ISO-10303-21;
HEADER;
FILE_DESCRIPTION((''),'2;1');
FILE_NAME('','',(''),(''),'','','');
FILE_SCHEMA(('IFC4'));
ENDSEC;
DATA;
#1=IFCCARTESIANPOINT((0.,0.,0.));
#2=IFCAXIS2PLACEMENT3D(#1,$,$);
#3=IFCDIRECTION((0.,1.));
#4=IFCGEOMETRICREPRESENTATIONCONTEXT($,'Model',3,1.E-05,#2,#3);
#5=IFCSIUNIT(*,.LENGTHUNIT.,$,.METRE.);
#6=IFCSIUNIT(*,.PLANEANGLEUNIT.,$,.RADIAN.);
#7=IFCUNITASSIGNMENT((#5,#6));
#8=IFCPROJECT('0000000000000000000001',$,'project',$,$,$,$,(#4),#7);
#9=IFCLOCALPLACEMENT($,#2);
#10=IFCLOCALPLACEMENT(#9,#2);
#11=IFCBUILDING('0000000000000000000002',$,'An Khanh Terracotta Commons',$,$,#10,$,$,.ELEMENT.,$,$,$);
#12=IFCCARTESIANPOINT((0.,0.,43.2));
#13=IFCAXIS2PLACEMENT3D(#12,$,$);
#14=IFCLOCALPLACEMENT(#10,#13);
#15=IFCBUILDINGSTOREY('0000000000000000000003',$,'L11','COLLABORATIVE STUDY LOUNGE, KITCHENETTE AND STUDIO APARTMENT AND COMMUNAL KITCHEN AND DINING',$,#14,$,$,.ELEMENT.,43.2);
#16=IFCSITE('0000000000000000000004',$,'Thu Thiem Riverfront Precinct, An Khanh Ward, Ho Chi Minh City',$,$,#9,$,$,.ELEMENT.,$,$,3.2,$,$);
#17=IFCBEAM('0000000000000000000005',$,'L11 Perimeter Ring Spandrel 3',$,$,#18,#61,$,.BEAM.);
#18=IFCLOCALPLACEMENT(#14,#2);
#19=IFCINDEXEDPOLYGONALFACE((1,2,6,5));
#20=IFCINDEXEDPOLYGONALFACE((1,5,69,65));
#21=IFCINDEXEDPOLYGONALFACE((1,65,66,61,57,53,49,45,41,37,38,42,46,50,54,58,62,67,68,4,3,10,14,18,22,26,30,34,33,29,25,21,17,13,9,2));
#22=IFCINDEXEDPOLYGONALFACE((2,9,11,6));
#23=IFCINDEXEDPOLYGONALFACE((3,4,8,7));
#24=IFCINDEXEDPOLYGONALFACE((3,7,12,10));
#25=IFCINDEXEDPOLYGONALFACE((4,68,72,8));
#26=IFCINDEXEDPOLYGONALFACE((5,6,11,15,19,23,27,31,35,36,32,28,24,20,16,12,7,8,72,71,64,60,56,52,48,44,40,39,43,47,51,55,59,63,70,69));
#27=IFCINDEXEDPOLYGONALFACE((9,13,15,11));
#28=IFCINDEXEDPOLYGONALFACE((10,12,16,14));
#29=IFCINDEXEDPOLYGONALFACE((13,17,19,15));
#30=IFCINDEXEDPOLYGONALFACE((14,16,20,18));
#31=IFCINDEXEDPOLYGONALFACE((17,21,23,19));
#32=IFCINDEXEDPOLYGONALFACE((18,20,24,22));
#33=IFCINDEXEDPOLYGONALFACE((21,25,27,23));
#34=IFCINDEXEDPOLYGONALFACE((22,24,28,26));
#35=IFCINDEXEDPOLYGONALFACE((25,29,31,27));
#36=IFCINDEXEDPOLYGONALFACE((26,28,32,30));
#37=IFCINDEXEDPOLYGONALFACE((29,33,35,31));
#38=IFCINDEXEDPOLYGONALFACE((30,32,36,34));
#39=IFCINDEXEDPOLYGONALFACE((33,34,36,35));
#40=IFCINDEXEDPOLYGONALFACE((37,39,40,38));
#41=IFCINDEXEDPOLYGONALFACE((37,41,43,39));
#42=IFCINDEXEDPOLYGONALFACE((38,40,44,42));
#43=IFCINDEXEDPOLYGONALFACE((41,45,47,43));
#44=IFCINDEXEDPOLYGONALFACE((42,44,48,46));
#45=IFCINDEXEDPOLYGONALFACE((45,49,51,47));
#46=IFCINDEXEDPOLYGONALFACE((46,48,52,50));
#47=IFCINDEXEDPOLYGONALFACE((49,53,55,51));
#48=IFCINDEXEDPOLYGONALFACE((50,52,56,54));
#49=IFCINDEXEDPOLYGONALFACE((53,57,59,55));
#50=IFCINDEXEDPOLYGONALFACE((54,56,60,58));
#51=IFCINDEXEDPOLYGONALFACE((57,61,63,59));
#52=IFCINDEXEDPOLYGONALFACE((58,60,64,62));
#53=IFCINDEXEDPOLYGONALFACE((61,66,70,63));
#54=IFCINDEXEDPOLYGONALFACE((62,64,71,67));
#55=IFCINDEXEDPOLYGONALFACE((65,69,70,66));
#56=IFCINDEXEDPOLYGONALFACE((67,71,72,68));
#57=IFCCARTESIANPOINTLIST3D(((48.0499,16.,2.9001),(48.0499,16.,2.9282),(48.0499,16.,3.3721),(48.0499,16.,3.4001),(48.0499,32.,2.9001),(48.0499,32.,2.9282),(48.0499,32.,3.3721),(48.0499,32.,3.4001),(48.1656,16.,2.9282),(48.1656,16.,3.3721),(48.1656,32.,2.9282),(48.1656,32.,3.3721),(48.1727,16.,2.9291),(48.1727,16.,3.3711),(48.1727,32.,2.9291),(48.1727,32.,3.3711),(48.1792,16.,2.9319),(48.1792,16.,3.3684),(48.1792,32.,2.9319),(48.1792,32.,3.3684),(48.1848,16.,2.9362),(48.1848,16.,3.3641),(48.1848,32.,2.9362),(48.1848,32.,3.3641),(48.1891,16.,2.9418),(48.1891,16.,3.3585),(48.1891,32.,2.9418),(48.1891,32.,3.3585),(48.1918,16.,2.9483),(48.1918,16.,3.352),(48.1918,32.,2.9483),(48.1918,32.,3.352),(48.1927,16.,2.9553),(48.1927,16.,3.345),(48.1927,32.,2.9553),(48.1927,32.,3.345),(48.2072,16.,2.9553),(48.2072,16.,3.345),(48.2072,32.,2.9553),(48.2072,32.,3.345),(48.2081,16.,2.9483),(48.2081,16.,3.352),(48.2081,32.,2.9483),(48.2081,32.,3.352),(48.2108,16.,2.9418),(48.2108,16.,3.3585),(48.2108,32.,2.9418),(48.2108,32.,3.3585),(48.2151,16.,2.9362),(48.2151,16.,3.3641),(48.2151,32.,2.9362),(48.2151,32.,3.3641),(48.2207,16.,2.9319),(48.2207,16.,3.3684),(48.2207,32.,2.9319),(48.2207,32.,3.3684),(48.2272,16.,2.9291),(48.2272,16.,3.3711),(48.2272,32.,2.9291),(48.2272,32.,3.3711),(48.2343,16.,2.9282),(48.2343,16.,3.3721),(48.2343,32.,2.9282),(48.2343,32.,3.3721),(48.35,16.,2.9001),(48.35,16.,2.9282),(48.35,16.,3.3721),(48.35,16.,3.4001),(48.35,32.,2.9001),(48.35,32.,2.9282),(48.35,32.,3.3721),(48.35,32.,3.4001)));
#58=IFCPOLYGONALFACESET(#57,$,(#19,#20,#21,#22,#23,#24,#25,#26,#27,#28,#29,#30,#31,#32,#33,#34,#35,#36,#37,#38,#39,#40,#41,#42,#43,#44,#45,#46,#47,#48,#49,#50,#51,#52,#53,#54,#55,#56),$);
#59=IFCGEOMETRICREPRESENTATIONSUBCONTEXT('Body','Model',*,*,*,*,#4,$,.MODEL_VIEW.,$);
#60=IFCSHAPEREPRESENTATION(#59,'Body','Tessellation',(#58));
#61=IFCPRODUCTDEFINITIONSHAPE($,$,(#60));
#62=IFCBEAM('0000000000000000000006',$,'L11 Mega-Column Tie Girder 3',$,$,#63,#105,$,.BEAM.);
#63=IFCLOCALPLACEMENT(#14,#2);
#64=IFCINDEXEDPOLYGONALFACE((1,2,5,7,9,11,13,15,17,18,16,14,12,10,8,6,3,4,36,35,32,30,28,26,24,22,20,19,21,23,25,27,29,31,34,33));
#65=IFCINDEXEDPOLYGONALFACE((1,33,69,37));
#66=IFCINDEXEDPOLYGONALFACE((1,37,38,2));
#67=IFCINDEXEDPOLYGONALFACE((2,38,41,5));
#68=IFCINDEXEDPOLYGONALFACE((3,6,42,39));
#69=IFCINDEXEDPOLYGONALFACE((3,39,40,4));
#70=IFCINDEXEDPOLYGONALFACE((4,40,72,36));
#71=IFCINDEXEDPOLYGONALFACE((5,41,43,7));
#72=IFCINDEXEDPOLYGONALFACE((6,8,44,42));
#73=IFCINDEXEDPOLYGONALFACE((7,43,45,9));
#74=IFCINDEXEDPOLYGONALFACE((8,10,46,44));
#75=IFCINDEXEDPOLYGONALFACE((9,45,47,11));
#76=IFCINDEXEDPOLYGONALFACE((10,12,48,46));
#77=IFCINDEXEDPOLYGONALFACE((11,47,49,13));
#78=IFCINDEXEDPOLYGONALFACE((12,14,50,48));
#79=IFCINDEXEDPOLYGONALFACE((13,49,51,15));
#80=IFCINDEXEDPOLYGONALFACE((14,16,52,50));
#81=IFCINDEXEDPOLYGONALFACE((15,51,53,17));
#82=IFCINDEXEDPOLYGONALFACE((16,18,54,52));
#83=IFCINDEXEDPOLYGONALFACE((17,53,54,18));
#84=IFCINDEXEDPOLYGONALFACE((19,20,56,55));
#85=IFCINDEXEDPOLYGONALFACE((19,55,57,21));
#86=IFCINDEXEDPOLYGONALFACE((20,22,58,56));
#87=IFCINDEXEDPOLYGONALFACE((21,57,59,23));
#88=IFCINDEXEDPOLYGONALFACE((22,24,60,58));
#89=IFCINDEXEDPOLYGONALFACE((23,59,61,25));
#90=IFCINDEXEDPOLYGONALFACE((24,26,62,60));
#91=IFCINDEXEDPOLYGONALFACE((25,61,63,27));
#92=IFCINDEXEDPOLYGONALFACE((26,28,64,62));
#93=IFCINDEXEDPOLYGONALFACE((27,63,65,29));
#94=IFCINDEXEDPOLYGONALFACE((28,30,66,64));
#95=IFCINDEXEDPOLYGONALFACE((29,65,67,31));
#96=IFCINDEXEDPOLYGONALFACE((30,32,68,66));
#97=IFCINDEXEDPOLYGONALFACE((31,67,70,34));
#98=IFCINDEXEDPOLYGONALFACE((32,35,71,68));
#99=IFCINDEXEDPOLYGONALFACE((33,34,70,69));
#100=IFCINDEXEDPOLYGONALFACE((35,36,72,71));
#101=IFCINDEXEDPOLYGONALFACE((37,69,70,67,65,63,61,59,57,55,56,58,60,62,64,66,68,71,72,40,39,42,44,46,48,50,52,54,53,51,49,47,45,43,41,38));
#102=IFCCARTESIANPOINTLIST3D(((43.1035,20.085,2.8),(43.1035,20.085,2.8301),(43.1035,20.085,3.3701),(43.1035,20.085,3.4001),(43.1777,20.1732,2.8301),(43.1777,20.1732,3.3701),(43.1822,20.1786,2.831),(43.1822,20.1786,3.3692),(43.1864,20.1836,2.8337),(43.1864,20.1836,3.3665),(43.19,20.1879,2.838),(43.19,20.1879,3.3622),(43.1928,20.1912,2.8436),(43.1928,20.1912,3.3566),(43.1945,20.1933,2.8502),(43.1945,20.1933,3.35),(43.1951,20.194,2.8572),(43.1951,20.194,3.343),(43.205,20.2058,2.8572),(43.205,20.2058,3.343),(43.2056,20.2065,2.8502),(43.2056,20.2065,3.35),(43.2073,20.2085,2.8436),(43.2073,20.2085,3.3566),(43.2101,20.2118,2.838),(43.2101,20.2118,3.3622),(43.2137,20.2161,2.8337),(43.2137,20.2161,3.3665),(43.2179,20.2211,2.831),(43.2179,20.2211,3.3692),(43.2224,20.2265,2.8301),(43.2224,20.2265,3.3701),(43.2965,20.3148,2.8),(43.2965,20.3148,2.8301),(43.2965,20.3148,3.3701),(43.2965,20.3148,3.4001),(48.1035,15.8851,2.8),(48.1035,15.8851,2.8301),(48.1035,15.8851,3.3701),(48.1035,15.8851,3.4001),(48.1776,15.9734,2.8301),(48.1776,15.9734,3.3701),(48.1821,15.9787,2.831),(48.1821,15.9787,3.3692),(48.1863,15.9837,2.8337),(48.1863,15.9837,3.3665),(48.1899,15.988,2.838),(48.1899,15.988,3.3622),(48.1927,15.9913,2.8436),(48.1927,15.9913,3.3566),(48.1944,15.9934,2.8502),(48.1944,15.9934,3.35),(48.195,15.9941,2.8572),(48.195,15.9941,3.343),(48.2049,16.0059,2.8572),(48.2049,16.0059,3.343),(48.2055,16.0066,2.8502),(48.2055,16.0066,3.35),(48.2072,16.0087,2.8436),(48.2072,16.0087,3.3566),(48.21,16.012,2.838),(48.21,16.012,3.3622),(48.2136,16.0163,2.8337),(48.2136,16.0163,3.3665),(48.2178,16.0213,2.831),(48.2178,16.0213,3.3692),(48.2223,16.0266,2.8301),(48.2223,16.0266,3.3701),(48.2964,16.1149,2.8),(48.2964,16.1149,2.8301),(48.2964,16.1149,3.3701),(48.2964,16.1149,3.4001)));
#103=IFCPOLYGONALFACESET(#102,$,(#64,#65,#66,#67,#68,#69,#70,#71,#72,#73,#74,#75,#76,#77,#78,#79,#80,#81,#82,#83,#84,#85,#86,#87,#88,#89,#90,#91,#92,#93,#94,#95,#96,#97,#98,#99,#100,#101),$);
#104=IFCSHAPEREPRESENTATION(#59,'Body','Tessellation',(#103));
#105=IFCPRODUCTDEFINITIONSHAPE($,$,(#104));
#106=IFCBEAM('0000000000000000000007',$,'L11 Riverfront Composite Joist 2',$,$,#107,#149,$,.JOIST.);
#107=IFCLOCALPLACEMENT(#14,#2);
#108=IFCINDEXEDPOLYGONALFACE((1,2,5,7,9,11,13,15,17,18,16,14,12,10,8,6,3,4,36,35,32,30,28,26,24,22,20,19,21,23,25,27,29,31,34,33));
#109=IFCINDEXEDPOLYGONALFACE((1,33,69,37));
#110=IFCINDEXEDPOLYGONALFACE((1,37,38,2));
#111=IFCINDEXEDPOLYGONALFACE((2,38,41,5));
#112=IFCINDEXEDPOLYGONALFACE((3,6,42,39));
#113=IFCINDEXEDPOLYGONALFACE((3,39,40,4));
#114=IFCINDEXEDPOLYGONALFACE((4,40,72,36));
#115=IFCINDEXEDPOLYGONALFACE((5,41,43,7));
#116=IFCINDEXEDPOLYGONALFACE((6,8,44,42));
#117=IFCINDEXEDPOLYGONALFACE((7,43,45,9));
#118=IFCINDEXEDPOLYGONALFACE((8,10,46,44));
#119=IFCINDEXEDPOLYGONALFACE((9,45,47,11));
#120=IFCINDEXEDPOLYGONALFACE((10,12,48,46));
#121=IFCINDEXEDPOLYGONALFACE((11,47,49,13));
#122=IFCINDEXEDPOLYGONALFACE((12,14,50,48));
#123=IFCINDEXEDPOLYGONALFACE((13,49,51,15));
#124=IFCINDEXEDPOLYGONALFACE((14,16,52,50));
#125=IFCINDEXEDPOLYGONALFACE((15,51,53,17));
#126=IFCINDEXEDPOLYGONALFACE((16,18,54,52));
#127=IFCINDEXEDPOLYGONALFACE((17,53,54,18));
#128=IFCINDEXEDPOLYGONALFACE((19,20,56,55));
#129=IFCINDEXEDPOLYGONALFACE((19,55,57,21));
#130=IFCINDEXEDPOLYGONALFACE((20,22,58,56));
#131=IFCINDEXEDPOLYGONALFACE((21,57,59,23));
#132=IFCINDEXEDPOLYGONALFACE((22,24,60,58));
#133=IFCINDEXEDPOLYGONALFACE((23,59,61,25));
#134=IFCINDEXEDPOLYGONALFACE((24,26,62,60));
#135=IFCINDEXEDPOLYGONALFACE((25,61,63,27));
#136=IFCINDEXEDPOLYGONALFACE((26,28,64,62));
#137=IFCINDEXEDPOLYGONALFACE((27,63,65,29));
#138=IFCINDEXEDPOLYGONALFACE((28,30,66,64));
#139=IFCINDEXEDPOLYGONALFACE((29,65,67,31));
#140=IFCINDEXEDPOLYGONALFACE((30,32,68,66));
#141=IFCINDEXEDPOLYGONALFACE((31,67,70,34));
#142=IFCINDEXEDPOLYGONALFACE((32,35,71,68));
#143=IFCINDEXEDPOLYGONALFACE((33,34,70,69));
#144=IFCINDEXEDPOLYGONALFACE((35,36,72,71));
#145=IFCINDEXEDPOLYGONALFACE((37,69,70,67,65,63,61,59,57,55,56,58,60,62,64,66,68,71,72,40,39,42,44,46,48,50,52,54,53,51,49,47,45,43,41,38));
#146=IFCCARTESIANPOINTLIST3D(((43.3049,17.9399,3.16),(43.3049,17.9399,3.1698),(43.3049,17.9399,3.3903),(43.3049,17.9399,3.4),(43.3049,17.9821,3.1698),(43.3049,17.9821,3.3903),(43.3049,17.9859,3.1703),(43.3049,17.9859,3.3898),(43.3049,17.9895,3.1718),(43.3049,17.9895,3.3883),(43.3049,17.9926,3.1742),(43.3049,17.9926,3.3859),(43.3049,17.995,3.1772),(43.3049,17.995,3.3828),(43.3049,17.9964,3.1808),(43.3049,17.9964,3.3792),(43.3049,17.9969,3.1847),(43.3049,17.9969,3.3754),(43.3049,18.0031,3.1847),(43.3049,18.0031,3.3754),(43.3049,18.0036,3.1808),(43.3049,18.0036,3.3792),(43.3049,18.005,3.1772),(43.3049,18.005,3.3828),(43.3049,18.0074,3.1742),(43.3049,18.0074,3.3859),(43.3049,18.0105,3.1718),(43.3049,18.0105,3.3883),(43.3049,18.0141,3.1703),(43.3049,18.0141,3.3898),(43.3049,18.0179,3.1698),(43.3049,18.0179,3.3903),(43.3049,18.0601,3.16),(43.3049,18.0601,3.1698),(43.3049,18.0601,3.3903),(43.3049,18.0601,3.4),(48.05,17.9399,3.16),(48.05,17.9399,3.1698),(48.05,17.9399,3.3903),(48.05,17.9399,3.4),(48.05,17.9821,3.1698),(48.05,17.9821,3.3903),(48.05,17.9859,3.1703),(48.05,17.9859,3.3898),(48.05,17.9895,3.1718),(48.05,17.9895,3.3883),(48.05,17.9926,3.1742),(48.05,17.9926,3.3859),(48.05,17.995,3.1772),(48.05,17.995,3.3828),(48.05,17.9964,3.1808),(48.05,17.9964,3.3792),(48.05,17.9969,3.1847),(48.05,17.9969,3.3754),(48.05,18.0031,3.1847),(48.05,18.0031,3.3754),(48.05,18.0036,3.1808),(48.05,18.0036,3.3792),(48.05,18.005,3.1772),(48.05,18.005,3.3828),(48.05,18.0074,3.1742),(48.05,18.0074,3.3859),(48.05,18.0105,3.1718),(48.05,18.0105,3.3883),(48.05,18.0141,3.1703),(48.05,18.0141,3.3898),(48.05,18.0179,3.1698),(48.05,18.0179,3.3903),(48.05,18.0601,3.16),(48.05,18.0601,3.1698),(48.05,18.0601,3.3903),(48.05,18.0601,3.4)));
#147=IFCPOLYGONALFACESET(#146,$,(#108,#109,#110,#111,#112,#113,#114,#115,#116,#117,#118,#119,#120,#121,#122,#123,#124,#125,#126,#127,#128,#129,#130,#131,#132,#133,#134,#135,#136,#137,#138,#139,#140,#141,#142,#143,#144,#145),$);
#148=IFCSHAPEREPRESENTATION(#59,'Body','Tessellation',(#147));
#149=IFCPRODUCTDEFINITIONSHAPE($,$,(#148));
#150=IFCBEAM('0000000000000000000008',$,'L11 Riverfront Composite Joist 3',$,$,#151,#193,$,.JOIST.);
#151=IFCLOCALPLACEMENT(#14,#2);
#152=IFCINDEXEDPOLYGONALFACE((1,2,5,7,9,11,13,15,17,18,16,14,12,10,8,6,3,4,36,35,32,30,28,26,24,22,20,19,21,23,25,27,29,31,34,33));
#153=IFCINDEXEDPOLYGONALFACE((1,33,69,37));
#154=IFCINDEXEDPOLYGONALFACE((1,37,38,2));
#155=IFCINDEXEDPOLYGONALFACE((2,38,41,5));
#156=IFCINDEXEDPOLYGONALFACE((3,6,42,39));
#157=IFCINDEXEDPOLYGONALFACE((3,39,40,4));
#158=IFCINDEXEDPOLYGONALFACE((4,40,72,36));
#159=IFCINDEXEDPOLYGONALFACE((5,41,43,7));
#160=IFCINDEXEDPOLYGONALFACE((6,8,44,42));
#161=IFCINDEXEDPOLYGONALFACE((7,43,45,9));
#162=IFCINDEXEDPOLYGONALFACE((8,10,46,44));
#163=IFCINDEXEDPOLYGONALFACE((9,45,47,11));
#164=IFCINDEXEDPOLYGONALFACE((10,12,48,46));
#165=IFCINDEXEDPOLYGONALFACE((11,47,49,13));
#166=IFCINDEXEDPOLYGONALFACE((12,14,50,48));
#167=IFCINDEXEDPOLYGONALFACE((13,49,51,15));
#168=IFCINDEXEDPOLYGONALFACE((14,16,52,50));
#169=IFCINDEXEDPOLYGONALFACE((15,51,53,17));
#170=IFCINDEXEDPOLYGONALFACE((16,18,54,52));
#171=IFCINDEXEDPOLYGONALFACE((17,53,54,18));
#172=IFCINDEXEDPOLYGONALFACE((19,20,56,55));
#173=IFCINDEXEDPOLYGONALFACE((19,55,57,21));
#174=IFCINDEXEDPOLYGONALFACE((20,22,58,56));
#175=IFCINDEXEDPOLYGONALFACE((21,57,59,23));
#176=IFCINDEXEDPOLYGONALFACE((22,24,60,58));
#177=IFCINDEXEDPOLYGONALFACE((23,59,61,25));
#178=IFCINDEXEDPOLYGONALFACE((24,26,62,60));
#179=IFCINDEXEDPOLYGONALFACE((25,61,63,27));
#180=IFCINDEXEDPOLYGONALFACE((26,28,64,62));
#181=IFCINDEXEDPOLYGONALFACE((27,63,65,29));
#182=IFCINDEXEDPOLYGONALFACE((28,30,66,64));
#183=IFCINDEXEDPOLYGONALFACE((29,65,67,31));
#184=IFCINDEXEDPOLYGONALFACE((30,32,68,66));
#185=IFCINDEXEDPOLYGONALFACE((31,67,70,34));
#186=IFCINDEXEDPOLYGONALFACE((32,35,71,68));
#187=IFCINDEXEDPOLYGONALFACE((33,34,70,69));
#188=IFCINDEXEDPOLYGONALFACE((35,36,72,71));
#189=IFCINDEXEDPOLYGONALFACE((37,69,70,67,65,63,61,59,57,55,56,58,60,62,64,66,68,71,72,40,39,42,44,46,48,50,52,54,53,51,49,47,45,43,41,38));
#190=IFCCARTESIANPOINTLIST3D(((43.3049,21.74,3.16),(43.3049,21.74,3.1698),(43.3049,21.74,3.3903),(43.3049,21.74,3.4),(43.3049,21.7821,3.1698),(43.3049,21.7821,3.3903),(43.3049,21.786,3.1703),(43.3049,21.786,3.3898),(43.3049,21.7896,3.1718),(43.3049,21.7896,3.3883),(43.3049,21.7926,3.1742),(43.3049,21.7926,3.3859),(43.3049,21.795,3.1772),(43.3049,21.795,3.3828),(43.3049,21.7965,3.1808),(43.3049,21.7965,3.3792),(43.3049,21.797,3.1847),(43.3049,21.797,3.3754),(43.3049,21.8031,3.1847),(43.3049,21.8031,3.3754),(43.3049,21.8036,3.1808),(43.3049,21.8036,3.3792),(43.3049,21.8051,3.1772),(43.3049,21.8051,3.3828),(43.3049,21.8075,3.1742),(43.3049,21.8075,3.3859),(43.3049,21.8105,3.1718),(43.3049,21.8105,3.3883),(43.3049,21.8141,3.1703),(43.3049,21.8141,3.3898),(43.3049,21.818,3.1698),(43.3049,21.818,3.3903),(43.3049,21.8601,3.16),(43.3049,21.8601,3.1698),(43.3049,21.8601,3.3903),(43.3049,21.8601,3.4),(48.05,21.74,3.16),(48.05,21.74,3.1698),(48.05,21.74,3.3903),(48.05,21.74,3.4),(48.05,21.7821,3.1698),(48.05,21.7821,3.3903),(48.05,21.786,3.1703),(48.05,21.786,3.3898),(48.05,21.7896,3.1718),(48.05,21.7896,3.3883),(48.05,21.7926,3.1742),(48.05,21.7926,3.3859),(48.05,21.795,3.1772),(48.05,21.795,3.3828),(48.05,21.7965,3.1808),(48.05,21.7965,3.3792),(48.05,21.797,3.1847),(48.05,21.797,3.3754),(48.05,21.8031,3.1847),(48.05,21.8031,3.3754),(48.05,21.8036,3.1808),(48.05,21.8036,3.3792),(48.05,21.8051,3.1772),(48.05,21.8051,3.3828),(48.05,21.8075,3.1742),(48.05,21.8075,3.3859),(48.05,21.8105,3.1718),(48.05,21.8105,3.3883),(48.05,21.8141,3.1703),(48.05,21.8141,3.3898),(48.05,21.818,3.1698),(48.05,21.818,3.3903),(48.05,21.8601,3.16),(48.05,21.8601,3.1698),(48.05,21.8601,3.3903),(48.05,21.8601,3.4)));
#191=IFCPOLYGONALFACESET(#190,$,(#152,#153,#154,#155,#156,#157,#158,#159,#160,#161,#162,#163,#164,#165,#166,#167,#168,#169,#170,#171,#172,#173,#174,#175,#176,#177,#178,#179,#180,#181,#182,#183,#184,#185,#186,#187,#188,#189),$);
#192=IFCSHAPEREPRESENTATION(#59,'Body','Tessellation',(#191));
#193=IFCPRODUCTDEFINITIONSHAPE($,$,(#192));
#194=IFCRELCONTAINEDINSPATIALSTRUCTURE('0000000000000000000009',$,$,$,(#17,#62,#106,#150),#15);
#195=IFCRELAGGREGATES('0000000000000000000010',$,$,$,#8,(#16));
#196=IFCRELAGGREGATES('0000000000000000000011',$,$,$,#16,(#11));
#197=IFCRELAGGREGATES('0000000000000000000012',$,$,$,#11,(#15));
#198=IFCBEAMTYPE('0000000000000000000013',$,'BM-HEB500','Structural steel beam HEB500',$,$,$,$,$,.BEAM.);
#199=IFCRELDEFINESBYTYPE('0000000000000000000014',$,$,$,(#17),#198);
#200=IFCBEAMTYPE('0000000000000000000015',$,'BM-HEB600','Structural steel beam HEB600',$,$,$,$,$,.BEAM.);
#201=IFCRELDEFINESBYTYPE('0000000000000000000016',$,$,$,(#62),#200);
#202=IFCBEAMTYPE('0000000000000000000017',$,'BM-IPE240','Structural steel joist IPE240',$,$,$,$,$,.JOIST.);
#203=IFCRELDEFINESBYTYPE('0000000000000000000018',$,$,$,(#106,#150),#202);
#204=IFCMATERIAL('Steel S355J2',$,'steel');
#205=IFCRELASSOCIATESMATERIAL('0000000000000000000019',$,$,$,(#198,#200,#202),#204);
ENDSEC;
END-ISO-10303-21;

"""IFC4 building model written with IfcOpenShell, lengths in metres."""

from ifc_helpers import new_model, si_unit, direction, frame, origin, origin_2d, place, context, subcontext, project, spatial, i_section, extrude, material, material_profile, profile_set, type_object, element, save


model = new_model("IFC4")

# Units and contexts
model_context = context("Model", 3, precision=1e-05, world=origin(), true_north=direction((0.0, 1.0)))
body_context = subcontext(model_context, "Body", "Model", "MODEL_VIEW")
ifc_project = project(units=[si_unit("LENGTHUNIT", "METRE"), si_unit("PLANEANGLEUNIT", "RADIAN")], contexts=[model_context])

# Site, building, storey
site_placement = place(None, origin())
site = spatial("IfcSite", under=ifc_project, at=site_placement, Name="Thu Thiem Riverfront Precinct, An Khanh Ward, Ho Chi Minh City", CompositionType="ELEMENT", RefElevation=3.2)
building_placement = place(site_placement, origin())
building = spatial("IfcBuilding", under=site, at=building_placement, Name="An Khanh Terracotta Commons", CompositionType="ELEMENT")
storey_placement = place(building_placement, frame((0.0, 0.0, 43.2)))
storey = spatial("IfcBuildingStorey", under=building, at=storey_placement, Name="L11", Description="COLLABORATIVE STUDY LOUNGE, KITCHENETTE AND STUDIO APARTMENT AND COMMUNAL KITCHEN AND DINING", CompositionType="ELEMENT", Elevation=43.2)

# Beams
ifc_material_1 = material(Name="Steel S355J2", Category="steel")
ifc_material_profile_1 = material_profile(ifc_material_1, i_section(OverallWidth=0.3, OverallDepth=0.5, WebThickness=0.0144, FlangeThickness=0.0281, FilletRadius=0.0271, at=origin_2d()), Name="HEB500")
ifc_profile_set_1 = profile_set([ifc_material_profile_1], Name="Steel S355J2")
beam_type_1 = type_object("IfcBeamType", Name="BM-HEB500", Description="Structural steel beam HEB500", PredefinedType="BEAM", material=ifc_profile_set_1)
beam_1_placement = place(storey_placement, frame((48.2, 16.0, 3.1501), z_axis=(0.0, 1.0, 0.0), x_axis=(-1.0, 0.0, 0.0)))
element("IfcBeam", 1, at=beam_1_placement, inside=storey, type_object=beam_type_1, Name="L11 Perimeter Ring Spandrel 3", PredefinedType="BEAM", context=body_context, shape_type="SweptSolid", body=[
    extrude(i_section(OverallWidth=0.3, OverallDepth=0.5, WebThickness=0.0144, FlangeThickness=0.0281, FilletRadius=0.0271, at=origin_2d()), origin(), (0.0, 0.0, 1.0), 16.0),
])
ifc_material_profile_2 = material_profile(ifc_material_1, i_section(OverallWidth=0.3, OverallDepth=0.6001, WebThickness=0.0154, FlangeThickness=0.03, FilletRadius=0.0271, at=origin_2d()), Name="HEB600")
ifc_profile_set_2 = profile_set([ifc_material_profile_2], Name="Steel S355J2")
beam_type_2 = type_object("IfcBeamType", Name="BM-HEB600", Description="Structural steel beam HEB600", PredefinedType="BEAM", material=ifc_profile_set_2)
beam_2_placement = place(storey_placement, frame((48.2, 16.0, 3.1001), z_axis=(-0.765709, 0.643188, 0.0), x_axis=(-0.643188, -0.765709, 0.0)))
element("IfcBeam", 2, at=beam_2_placement, inside=storey, type_object=beam_type_2, Name="L11 Mega-Column Tie Girder 3", PredefinedType="BEAM", context=body_context, shape_type="SweptSolid", body=[
    extrude(i_section(OverallWidth=0.3, OverallDepth=0.6001, WebThickness=0.0154, FlangeThickness=0.03, FilletRadius=0.0271, at=origin_2d()), origin(), (0.0, 0.0, 1.0), 6.5298),
])
ifc_material_profile_3 = material_profile(ifc_material_1, i_section(OverallWidth=0.1201, OverallDepth=0.24, WebThickness=0.0061, FlangeThickness=0.0098, FilletRadius=0.0149, at=origin_2d()), Name="IPE240")
ifc_profile_set_3 = profile_set([ifc_material_profile_3], Name="Steel S355J2")
beam_type_3 = type_object("IfcBeamType", Name="BM-IPE240", Description="Structural steel joist IPE240", PredefinedType="JOIST", material=ifc_profile_set_3)
for number, where, z_axis, x_axis, name in (
    (3, (43.3049, 18.0, 3.28), (1.0, 0.0, 0.0), (0.0, 1.0, 0.0), "L11 Riverfront Composite Joist 2"),
    (4, (43.3049, 21.8, 3.28), (1.0, 0.0, 0.0), (0.0, 1.0, 0.0), "L11 Riverfront Composite Joist 3"),
):
    element("IfcBeam", number, at=place(storey_placement, frame(where, z_axis=z_axis, x_axis=x_axis)), inside=storey, type_object=beam_type_3, Name=name, PredefinedType="JOIST", context=body_context, shape_type="SweptSolid", body=[
        extrude(i_section(OverallWidth=0.1201, OverallDepth=0.24, WebThickness=0.0061, FlangeThickness=0.0098, FilletRadius=0.0149, at=origin_2d()), origin(), (0.0, 0.0, 1.0), 4.7451),
    ])

save(model, "model.ifc")
